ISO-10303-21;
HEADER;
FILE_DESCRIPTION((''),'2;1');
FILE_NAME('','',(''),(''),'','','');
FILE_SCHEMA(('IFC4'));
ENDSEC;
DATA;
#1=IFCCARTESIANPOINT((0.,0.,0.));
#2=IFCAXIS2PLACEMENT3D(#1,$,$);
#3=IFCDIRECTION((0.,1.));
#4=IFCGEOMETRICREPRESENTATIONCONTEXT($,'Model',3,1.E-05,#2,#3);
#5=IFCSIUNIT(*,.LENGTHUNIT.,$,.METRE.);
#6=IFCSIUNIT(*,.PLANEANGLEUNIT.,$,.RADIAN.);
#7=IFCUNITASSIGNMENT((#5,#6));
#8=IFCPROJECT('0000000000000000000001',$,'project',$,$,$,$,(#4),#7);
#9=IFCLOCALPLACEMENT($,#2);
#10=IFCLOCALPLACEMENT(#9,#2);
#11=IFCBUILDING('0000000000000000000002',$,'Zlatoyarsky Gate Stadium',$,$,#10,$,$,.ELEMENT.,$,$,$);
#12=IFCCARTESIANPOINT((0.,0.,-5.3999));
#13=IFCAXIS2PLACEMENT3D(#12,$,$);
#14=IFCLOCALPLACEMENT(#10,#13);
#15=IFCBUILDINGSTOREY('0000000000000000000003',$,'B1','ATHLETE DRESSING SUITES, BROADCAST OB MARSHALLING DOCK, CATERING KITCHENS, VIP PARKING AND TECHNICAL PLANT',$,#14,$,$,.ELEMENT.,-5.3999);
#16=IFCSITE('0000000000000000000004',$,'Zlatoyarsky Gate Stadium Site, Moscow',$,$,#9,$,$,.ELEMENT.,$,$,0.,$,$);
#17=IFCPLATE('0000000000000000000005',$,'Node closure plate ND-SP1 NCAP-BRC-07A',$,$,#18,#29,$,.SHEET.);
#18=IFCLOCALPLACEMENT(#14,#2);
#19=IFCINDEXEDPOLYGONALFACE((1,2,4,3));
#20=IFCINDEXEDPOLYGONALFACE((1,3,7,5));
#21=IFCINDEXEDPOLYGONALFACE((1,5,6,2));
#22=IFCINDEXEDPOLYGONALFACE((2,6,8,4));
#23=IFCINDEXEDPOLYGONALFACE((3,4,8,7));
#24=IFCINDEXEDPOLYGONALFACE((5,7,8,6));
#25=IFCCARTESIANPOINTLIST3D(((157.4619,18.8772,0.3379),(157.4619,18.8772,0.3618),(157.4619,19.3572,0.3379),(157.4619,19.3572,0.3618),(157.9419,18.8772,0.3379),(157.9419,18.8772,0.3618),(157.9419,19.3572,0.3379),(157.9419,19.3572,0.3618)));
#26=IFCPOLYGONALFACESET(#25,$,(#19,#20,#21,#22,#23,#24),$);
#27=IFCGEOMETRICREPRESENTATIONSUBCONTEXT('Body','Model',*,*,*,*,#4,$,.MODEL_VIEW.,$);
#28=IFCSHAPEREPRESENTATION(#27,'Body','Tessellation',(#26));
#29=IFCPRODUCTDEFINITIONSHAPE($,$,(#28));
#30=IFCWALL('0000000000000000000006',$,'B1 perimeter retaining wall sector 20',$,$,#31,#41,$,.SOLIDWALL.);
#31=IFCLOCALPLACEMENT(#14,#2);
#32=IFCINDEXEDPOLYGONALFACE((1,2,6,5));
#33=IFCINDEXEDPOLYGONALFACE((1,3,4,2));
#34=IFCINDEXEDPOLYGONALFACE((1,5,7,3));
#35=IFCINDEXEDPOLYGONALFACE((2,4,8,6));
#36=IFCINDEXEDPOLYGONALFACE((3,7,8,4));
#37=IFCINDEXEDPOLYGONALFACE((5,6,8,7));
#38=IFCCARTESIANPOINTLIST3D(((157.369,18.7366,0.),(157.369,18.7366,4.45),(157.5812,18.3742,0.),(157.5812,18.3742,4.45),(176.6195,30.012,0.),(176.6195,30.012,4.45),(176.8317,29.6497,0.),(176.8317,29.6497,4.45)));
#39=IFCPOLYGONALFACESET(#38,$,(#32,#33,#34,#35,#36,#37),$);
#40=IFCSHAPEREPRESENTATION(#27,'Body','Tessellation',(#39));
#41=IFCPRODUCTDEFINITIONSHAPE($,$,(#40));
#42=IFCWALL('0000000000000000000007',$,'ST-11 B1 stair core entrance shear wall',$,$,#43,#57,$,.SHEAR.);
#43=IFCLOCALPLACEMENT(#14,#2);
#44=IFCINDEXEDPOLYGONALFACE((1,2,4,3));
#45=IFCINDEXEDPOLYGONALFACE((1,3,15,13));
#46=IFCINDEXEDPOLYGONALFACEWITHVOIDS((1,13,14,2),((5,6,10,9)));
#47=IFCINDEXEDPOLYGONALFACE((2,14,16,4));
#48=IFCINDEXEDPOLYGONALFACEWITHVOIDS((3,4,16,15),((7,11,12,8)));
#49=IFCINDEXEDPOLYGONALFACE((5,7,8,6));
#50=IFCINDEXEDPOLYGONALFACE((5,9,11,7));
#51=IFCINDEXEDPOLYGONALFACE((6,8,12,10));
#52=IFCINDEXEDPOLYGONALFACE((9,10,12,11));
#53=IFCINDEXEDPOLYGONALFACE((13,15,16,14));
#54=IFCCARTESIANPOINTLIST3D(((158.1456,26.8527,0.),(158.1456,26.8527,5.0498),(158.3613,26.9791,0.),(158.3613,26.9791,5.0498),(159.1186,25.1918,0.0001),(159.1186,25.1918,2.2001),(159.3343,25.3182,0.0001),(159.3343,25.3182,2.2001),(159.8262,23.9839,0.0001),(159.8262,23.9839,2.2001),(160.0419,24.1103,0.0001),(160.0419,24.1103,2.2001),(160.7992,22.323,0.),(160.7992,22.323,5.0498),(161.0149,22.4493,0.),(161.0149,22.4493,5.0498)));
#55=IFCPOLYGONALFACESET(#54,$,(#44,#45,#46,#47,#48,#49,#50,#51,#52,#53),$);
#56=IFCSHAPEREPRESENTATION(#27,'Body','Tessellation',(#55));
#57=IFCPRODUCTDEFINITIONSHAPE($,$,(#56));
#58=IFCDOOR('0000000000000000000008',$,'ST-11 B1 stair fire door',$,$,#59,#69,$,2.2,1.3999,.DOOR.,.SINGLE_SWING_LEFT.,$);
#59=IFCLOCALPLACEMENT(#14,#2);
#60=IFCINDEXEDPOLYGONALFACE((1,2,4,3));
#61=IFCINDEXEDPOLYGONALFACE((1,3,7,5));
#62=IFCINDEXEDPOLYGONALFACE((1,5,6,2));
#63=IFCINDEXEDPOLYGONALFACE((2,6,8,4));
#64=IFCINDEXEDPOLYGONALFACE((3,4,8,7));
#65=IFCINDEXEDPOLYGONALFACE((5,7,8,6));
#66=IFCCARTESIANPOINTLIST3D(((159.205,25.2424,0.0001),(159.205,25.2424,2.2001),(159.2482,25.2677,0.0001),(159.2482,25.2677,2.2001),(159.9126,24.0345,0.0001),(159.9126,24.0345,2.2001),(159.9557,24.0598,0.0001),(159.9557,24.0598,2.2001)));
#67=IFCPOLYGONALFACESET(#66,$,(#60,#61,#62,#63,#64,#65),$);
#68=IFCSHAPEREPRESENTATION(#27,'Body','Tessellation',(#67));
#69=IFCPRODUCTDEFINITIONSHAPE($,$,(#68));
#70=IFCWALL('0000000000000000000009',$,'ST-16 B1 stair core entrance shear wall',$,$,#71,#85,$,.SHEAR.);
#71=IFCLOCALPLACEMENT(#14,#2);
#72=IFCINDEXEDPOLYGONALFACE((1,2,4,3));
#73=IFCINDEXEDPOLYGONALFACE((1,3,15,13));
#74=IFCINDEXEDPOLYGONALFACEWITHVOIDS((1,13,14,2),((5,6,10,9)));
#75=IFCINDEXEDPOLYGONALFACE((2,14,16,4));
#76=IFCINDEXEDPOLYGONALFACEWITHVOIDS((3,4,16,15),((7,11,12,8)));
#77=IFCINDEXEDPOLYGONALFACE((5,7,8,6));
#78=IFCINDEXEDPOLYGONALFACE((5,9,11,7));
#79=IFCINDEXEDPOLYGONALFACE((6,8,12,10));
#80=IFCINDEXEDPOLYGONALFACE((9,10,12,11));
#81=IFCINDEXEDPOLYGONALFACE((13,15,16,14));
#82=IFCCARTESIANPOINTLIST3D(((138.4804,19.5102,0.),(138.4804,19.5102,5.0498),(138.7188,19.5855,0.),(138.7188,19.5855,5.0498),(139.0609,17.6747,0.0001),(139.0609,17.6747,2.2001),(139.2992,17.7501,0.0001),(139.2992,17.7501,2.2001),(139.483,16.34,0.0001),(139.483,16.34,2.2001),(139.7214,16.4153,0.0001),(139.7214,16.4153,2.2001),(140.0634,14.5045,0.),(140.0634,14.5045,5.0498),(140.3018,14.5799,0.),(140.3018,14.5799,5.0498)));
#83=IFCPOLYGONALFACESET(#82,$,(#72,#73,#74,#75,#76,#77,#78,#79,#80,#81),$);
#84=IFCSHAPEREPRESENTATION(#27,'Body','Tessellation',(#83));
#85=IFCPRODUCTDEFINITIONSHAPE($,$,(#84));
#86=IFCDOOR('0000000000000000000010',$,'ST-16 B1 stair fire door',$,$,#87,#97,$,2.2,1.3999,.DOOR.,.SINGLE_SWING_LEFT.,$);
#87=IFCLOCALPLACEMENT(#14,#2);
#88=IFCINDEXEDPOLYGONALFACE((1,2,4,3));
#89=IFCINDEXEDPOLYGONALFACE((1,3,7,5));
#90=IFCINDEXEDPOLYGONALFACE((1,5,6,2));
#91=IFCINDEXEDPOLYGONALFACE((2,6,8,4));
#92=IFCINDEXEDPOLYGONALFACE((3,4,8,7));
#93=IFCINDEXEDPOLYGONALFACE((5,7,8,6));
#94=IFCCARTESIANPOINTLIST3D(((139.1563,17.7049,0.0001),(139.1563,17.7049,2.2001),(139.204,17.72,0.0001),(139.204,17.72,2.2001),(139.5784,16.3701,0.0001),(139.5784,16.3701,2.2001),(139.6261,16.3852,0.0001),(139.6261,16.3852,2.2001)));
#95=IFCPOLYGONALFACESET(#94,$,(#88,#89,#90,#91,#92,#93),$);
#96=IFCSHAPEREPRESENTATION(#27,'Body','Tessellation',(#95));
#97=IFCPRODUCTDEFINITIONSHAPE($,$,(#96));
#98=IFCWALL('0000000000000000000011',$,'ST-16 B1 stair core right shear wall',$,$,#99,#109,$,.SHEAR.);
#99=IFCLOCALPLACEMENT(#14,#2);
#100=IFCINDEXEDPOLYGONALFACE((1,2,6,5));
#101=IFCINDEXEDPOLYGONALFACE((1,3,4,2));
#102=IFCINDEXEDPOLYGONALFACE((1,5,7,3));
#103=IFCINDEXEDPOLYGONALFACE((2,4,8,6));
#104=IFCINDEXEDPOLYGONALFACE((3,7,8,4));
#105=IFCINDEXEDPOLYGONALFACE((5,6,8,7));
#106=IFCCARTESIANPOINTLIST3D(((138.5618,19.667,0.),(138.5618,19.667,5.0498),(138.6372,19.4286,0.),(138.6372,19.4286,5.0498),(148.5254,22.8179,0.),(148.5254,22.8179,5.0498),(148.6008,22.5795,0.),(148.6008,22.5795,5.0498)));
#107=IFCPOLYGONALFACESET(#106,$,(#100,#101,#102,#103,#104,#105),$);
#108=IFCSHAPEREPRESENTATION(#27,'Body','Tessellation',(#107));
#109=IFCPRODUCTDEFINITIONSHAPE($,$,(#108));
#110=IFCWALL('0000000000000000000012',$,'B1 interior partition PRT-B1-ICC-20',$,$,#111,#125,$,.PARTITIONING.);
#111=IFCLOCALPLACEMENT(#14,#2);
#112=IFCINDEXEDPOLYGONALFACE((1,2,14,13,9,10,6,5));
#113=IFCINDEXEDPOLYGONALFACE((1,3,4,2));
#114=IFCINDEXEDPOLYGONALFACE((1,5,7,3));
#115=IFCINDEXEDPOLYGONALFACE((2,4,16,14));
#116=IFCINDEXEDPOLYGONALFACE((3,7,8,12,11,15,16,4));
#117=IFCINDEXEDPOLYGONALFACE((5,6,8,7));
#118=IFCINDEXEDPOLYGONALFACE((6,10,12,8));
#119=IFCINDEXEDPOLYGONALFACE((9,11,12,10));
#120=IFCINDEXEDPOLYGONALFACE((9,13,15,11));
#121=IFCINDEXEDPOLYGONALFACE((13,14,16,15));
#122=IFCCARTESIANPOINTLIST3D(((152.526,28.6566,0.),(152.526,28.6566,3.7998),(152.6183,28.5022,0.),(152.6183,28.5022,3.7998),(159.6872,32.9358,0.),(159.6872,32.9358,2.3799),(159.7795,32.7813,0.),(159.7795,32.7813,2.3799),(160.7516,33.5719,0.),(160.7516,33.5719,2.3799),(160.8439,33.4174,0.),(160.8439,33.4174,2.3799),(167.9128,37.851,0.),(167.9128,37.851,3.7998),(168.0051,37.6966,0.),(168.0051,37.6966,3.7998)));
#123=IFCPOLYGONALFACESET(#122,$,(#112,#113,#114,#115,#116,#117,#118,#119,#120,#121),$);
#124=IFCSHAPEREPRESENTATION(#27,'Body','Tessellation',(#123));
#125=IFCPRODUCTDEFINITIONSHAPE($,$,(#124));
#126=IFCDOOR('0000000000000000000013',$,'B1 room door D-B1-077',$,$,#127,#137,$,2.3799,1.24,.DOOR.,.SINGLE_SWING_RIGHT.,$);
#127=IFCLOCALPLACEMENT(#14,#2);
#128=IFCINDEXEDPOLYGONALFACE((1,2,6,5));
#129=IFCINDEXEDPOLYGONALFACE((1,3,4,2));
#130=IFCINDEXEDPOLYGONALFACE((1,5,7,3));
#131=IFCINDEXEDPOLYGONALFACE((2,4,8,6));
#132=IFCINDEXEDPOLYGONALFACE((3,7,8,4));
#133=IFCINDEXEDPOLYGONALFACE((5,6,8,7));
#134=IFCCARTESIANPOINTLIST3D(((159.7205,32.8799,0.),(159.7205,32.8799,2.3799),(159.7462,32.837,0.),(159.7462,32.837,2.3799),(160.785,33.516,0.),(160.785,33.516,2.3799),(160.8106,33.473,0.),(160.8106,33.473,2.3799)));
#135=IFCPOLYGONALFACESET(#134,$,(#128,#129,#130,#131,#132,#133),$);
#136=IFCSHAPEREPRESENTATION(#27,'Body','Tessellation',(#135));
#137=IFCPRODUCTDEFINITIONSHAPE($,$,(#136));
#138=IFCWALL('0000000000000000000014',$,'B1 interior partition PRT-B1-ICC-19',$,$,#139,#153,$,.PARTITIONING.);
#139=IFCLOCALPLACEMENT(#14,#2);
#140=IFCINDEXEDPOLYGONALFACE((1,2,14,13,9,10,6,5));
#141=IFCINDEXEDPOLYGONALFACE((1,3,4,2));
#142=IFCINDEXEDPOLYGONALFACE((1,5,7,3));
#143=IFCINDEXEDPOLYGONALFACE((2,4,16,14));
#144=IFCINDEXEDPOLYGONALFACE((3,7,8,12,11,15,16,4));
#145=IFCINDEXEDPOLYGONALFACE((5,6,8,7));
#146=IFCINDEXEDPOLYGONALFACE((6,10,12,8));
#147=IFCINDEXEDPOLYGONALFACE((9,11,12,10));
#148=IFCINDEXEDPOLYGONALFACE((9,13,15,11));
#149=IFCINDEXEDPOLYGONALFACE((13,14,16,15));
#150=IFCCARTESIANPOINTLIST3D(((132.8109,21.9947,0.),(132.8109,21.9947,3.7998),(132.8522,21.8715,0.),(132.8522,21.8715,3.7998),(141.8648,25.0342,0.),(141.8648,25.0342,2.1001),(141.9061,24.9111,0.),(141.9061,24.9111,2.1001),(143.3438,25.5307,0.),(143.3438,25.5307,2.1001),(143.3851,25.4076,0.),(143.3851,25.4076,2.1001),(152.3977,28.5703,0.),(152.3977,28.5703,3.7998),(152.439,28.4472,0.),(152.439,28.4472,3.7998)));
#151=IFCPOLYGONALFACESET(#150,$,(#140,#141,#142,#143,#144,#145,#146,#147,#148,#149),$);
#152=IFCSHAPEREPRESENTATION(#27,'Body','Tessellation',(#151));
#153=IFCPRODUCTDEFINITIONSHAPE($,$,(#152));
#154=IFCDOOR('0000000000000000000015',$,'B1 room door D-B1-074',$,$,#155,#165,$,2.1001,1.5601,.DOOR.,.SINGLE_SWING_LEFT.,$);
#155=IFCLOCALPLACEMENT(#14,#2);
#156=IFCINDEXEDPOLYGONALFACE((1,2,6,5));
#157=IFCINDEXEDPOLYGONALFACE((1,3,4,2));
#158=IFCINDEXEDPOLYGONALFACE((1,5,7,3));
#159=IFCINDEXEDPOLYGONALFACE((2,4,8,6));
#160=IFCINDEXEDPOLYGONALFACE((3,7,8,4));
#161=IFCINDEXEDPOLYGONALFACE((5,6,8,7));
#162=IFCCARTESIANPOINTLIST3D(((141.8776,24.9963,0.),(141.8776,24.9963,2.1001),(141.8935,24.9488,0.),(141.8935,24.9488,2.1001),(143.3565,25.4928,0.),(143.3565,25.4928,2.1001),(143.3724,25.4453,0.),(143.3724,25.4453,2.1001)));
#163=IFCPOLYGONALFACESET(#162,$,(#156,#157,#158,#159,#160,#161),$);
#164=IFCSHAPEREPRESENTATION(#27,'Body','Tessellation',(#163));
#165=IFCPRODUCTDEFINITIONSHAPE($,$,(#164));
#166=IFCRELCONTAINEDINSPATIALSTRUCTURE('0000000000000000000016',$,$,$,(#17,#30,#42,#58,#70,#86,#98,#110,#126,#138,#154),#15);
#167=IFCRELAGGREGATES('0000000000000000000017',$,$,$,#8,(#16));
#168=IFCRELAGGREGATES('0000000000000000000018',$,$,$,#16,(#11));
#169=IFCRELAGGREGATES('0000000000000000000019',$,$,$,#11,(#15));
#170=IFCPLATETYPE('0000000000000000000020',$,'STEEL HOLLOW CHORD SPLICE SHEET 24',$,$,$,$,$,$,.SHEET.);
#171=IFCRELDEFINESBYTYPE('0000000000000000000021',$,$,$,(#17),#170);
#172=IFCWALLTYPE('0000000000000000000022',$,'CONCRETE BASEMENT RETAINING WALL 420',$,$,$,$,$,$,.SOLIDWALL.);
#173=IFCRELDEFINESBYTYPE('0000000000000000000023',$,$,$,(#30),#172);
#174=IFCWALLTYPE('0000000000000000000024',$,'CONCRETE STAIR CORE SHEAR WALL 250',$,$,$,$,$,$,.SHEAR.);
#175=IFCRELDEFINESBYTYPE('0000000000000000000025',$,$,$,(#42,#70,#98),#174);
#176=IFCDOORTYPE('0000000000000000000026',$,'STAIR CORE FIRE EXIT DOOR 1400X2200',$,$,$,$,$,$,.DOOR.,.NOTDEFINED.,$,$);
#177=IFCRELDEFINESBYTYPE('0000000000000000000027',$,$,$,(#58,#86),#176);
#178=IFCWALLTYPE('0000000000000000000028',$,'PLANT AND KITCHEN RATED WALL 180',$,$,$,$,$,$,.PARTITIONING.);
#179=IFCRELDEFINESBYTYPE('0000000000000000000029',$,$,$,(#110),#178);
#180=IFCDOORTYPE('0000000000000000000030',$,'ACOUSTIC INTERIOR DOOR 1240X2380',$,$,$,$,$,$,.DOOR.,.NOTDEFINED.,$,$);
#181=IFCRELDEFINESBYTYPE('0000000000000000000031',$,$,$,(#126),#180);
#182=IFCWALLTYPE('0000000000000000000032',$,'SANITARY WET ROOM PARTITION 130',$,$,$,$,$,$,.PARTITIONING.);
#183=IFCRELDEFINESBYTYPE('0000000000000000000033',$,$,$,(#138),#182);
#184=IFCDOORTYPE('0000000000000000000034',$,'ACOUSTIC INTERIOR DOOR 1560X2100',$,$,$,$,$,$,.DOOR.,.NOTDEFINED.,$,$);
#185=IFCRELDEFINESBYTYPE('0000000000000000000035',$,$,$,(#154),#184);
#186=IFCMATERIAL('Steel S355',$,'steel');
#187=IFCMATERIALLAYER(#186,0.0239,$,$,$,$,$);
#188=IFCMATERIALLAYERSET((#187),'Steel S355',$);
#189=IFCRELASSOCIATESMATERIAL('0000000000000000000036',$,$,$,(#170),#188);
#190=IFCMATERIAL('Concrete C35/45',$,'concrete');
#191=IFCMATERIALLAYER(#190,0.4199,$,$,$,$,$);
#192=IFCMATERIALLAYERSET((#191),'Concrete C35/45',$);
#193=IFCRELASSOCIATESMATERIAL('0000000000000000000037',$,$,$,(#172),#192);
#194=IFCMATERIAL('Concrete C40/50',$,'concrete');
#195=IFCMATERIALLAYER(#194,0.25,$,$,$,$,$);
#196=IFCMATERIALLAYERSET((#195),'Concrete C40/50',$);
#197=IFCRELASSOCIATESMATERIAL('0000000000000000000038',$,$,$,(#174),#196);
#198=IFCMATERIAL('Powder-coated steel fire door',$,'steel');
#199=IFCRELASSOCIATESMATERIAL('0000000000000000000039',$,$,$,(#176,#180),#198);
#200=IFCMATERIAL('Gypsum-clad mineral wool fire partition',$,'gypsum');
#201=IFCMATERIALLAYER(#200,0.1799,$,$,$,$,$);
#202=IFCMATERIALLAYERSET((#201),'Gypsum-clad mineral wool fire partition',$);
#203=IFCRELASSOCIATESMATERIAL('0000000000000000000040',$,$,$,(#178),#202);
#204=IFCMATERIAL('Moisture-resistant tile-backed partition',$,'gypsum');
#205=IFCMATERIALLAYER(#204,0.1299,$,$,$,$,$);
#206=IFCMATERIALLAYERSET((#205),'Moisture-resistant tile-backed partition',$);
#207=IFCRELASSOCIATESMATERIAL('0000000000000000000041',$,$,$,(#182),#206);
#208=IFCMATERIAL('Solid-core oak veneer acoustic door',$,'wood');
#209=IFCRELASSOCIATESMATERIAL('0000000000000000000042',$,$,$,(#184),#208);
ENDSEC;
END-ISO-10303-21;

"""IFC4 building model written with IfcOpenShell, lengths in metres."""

from ifc_helpers import new_model, si_unit, direction, frame, frame_2d, origin, origin_2d, place, context, subcontext, project, spatial, rectangle, extrude, material, layer, layer_set, type_object, element, fill, save


model = new_model("IFC4")

# Units and contexts
model_context = context("Model", 3, precision=1e-05, world=origin(), true_north=direction((0.0, 1.0)))
body_context = subcontext(model_context, "Body", "Model", "MODEL_VIEW")
ifc_project = project(units=[si_unit("LENGTHUNIT", "METRE"), si_unit("PLANEANGLEUNIT", "RADIAN")], contexts=[model_context])

# Site, building, storey
site_placement = place(None, origin())
site = spatial("IfcSite", under=ifc_project, at=site_placement, Name="Zlatoyarsky Gate Stadium Site, Moscow", CompositionType="ELEMENT", RefElevation=0.0)
building_placement = place(site_placement, origin())
building = spatial("IfcBuilding", under=site, at=building_placement, Name="Zlatoyarsky Gate Stadium", CompositionType="ELEMENT")
storey_placement = place(building_placement, frame((0.0, 0.0, -5.3999)))
storey = spatial("IfcBuildingStorey", under=building, at=storey_placement, Name="B1", Description="ATHLETE DRESSING SUITES, BROADCAST OB MARSHALLING DOCK, CATERING KITCHENS, VIP PARKING AND TECHNICAL PLANT", CompositionType="ELEMENT", Elevation=-5.3999)

# Shared definitions
ifc_material_1 = material(Name="Concrete C35/45", Category="concrete")

# Shared definitions
ifc_material_2 = material(Name="Concrete C40/50", Category="concrete")

# Shared definitions
ifc_material_3 = material(Name="Steel S355", Category="steel")

# Plate
ifc_layer_1 = layer(ifc_material_3, 0.0239)
ifc_layer_set_1 = layer_set([ifc_layer_1], Name="Steel S355")
plate_type = type_object("IfcPlateType", Name="STEEL HOLLOW CHORD SPLICE SHEET 24", PredefinedType="SHEET", material=ifc_layer_set_1)
plate_placement = place(storey_placement, frame((157.7019, 19.1172, 0.3379), z_axis=(0.0, 0.0, 1.0), x_axis=(1.0, 0.0, 0.0)))
element("IfcPlate", 1, at=plate_placement, inside=storey, type_object=plate_type, Name="Node closure plate ND-SP1 NCAP-BRC-07A", PredefinedType="SHEET", context=body_context, shape_type="SweptSolid", body=[
    extrude(rectangle(XDim=0.48, YDim=0.48, at=origin_2d()), origin(), (0.0, 0.0, 1.0), 0.0239),
])

# Wall
ifc_layer_2 = layer(ifc_material_1, 0.4199)
ifc_layer_set_2 = layer_set([ifc_layer_2], Name="Concrete C35/45")
wall_type_1 = type_object("IfcWallType", Name="CONCRETE BASEMENT RETAINING WALL 420", PredefinedType="SOLIDWALL", material=ifc_layer_set_2)
wall_1_placement = place(storey_placement, frame((157.4751, 18.5554, 0.0), z_axis=(0.0, 0.0, 1.0), x_axis=(0.862881, 0.505407, 0.0)))
element("IfcWall", 2, at=wall_1_placement, inside=storey, type_object=wall_type_1, Name="B1 perimeter retaining wall sector 20", PredefinedType="SOLIDWALL", context=body_context, shape_type="SweptSolid", body=[
    extrude(rectangle(XDim=22.3096, YDim=0.4199, at=frame_2d((11.1548, 0.0))), origin(), (0.0, 0.0, 1.0), 4.45),
])

# Walls, openings, doors
ifc_layer_3 = layer(ifc_material_2, 0.25)
ifc_layer_set_3 = layer_set([ifc_layer_3], Name="Concrete C40/50")
wall_type_2 = type_object("IfcWallType", Name="CONCRETE STAIR CORE SHEAR WALL 250", PredefinedType="SHEAR", material=ifc_layer_set_3)
wall_2_placement = place(storey_placement, frame((158.2534, 26.916, 0.0), z_axis=(0.0, 0.0, 1.0), x_axis=(0.50546, -0.86285, 0.0)))
wall_2 = element("IfcWall", 3, at=wall_2_placement, inside=storey, type_object=wall_type_2, Name="ST-11 B1 stair core entrance shear wall", PredefinedType="SHEAR", context=body_context, shape_type="SweptSolid", body=[
    extrude(rectangle(XDim=5.2498, YDim=0.25, at=frame_2d((2.625, 0.0))), origin(), (0.0, 0.0, 1.0), 5.0498),
])
opening_1_placement = place(wall_2_placement, frame((1.925, 0.0, 0.0)))
opening_1 = element("IfcOpeningElement", 4, at=opening_1_placement, cuts=wall_2, PredefinedType="OPENING", context=body_context, shape_type="SweptSolid", body=[
    extrude(rectangle(XDim=1.3999, YDim=2.2, at=frame_2d((0.7, 1.1001))), frame((0.0, 0.135, 0.0), z_axis=(0.0, -1.0, 0.0), x_axis=(1.0, 0.0, 0.0)), (0.0, 0.0, 1.0), 0.27),
])
ifc_material_4 = material(Name="Powder-coated steel fire door", Category="steel")
door_type_1 = type_object("IfcDoorType", Name="STAIR CORE FIRE EXIT DOOR 1400X2200", OperationType="NOTDEFINED", PredefinedType="DOOR", material=ifc_material_4)
door_1_placement = place(opening_1_placement, frame((1.3999, 0.0, 0.0), z_axis=(0.0, 0.0, 1.0), x_axis=(-1.0, 0.0, 0.0)))
door_1 = element("IfcDoor", 5, at=door_1_placement, inside=storey, type_object=door_type_1, Name="ST-11 B1 stair fire door", OperationType="SINGLE_SWING_LEFT", OverallHeight=2.2, OverallWidth=1.3999, PredefinedType="DOOR", context=body_context, shape_type="SweptSolid", body=[
    extrude(rectangle(XDim=1.3999, YDim=2.2, at=frame_2d((0.7, 1.1001))), frame((0.0, 0.0249, 0.0), z_axis=(0.0, -1.0, 0.0), x_axis=(1.0, 0.0, 0.0)), (0.0, 0.0, 1.0), 0.05),
])
fill(opening_1, door_1)
wall_3_placement = place(storey_placement, frame((138.5996, 19.5479, 0.0), z_axis=(0.0, 0.0, 1.0), x_axis=(0.301527, -0.953457, 0.0)))
wall_3 = element("IfcWall", 6, at=wall_3_placement, inside=storey, type_object=wall_type_2, Name="ST-16 B1 stair core entrance shear wall", PredefinedType="SHEAR", context=body_context, shape_type="SweptSolid", body=[
    extrude(rectangle(XDim=5.25, YDim=0.25, at=frame_2d((2.625, 0.0))), origin(), (0.0, 0.0, 1.0), 5.0498),
])
opening_2_placement = place(wall_3_placement, frame((1.925, 0.0, 0.0)))
opening_2 = element("IfcOpeningElement", 7, at=opening_2_placement, cuts=wall_3, PredefinedType="OPENING", context=body_context, shape_type="SweptSolid", body=[
    extrude(rectangle(XDim=1.3999, YDim=2.2, at=frame_2d((0.7, 1.1001))), frame((0.0, 0.135, 0.0), z_axis=(0.0, -1.0, 0.0), x_axis=(1.0, 0.0, 0.0)), (0.0, 0.0, 1.0), 0.27),
])
door_2_placement = place(opening_2_placement, frame((1.3999, 0.0, 0.0), z_axis=(0.0, 0.0, 1.0), x_axis=(-1.0, 0.0, 0.0)))
door_2 = element("IfcDoor", 8, at=door_2_placement, inside=storey, type_object=door_type_1, Name="ST-16 B1 stair fire door", OperationType="SINGLE_SWING_LEFT", OverallHeight=2.2, OverallWidth=1.3999, PredefinedType="DOOR", context=body_context, shape_type="SweptSolid", body=[
    extrude(rectangle(XDim=1.3999, YDim=2.2, at=frame_2d((0.7, 1.1001))), frame((0.0, 0.0249, 0.0), z_axis=(0.0, -1.0, 0.0), x_axis=(1.0, 0.0, 0.0)), (0.0, 0.0, 1.0), 0.05),
])
fill(opening_2, door_2)

# Wall
wall_4_placement = place(storey_placement, frame((148.5632, 22.6987, 0.0), z_axis=(0.0, 0.0, 1.0), x_axis=(-0.95346, -0.30152, 0.0)))
element("IfcWall", 9, at=wall_4_placement, inside=storey, type_object=wall_type_2, Name="ST-16 B1 stair core right shear wall", PredefinedType="SHEAR", context=body_context, shape_type="SweptSolid", body=[
    extrude(rectangle(XDim=10.45, YDim=0.25, at=frame_2d((5.2251, 0.0))), origin(), (0.0, 0.0, 1.0), 5.0498),
])

# Walls, openings, doors
ifc_material_5 = material(Name="Gypsum-clad mineral wool fire partition", Category="gypsum")
ifc_layer_4 = layer(ifc_material_5, 0.1799)
ifc_layer_set_4 = layer_set([ifc_layer_4], Name="Gypsum-clad mineral wool fire partition")
wall_type_3 = type_object("IfcWallType", Name="PLANT AND KITCHEN RATED WALL 180", PredefinedType="PARTITIONING", material=ifc_layer_set_4)
wall_5_placement = place(storey_placement, frame((152.572, 28.5793, 0.0), z_axis=(0.0, 0.0, 1.0), x_axis=(0.858419, 0.512949, 0.0)))
wall_5 = element("IfcWall", 10, at=wall_5_placement, inside=storey, type_object=wall_type_3, Name="B1 interior partition PRT-B1-ICC-20", PredefinedType="PARTITIONING", context=body_context, shape_type="SweptSolid", body=[
    extrude(rectangle(XDim=17.9246, YDim=0.1799, at=frame_2d((8.9624, 0.0))), origin(), (0.0, 0.0, 1.0), 3.7998),
])
opening_3_placement = place(wall_5_placement, frame((8.3423, 0.0, 0.0)))
opening_3 = element("IfcOpeningElement", 11, at=opening_3_placement, cuts=wall_5, PredefinedType="OPENING", context=body_context, shape_type="SweptSolid", body=[
    extrude(rectangle(XDim=1.24, YDim=2.3799, at=frame_2d((0.6201, 1.1899))), frame((0.0, 0.0999, 0.0), z_axis=(0.0, -1.0, 0.0), x_axis=(1.0, 0.0, 0.0)), (0.0, 0.0, 1.0), 0.2),
])
door_type_2 = type_object("IfcDoorType", Name="ACOUSTIC INTERIOR DOOR 1240X2380", OperationType="NOTDEFINED", PredefinedType="DOOR", material=ifc_material_4)
door_3_placement = place(opening_3_placement, origin())
door_3 = element("IfcDoor", 12, at=door_3_placement, inside=storey, type_object=door_type_2, Name="B1 room door D-B1-077", OperationType="SINGLE_SWING_RIGHT", OverallHeight=2.3799, OverallWidth=1.24, PredefinedType="DOOR", context=body_context, shape_type="SweptSolid", body=[
    extrude(rectangle(XDim=1.24, YDim=2.3799, at=frame_2d((0.6201, 1.1899))), frame((0.0, 0.0249, 0.0), z_axis=(0.0, -1.0, 0.0), x_axis=(1.0, 0.0, 0.0)), (0.0, 0.0, 1.0), 0.05),
])
fill(opening_3, door_3)
ifc_material_6 = material(Name="Moisture-resistant tile-backed partition", Category="gypsum")
ifc_layer_5 = layer(ifc_material_6, 0.1299)
ifc_layer_set_5 = layer_set([ifc_layer_5], Name="Moisture-resistant tile-backed partition")
wall_type_4 = type_object("IfcWallType", Name="SANITARY WET ROOM PARTITION 130", PredefinedType="PARTITIONING", material=ifc_layer_set_5)
wall_6_placement = place(storey_placement, frame((132.8315, 21.9331, 0.0), z_axis=(0.0, 0.0, 1.0), x_axis=(0.948003, 0.318262, 0.0)))
wall_6 = element("IfcWall", 13, at=wall_6_placement, inside=storey, type_object=wall_type_4, Name="B1 interior partition PRT-B1-ICC-19", PredefinedType="PARTITIONING", context=body_context, shape_type="SweptSolid", body=[
    extrude(rectangle(XDim=20.6611, YDim=0.1299, at=frame_2d((10.3306, 0.0))), origin(), (0.0, 0.0, 1.0), 3.7998),
])
opening_4_placement = place(wall_6_placement, frame((9.5505, 0.0, 0.0)))
opening_4 = element("IfcOpeningElement", 14, at=opening_4_placement, cuts=wall_6, PredefinedType="OPENING", context=body_context, shape_type="SweptSolid", body=[
    extrude(rectangle(XDim=1.5601, YDim=2.1001, at=frame_2d((0.78, 1.05))), frame((0.0, 0.075, 0.0), z_axis=(0.0, -1.0, 0.0), x_axis=(1.0, 0.0, 0.0)), (0.0, 0.0, 1.0), 0.1499),
])
ifc_material_7 = material(Name="Solid-core oak veneer acoustic door", Category="wood")
door_type_3 = type_object("IfcDoorType", Name="ACOUSTIC INTERIOR DOOR 1560X2100", OperationType="NOTDEFINED", PredefinedType="DOOR", material=ifc_material_7)
door_4_placement = place(opening_4_placement, origin())
door_4 = element("IfcDoor", 15, at=door_4_placement, inside=storey, type_object=door_type_3, Name="B1 room door D-B1-074", OperationType="SINGLE_SWING_LEFT", OverallHeight=2.1001, OverallWidth=1.5601, PredefinedType="DOOR", context=body_context, shape_type="SweptSolid", body=[
    extrude(rectangle(XDim=1.5601, YDim=2.1001, at=frame_2d((0.78, 1.05))), frame((0.0, 0.0249, 0.0), z_axis=(0.0, -1.0, 0.0), x_axis=(1.0, 0.0, 0.0)), (0.0, 0.0, 1.0), 0.05),
])
fill(opening_4, door_4)

save(model, "model.ifc")
